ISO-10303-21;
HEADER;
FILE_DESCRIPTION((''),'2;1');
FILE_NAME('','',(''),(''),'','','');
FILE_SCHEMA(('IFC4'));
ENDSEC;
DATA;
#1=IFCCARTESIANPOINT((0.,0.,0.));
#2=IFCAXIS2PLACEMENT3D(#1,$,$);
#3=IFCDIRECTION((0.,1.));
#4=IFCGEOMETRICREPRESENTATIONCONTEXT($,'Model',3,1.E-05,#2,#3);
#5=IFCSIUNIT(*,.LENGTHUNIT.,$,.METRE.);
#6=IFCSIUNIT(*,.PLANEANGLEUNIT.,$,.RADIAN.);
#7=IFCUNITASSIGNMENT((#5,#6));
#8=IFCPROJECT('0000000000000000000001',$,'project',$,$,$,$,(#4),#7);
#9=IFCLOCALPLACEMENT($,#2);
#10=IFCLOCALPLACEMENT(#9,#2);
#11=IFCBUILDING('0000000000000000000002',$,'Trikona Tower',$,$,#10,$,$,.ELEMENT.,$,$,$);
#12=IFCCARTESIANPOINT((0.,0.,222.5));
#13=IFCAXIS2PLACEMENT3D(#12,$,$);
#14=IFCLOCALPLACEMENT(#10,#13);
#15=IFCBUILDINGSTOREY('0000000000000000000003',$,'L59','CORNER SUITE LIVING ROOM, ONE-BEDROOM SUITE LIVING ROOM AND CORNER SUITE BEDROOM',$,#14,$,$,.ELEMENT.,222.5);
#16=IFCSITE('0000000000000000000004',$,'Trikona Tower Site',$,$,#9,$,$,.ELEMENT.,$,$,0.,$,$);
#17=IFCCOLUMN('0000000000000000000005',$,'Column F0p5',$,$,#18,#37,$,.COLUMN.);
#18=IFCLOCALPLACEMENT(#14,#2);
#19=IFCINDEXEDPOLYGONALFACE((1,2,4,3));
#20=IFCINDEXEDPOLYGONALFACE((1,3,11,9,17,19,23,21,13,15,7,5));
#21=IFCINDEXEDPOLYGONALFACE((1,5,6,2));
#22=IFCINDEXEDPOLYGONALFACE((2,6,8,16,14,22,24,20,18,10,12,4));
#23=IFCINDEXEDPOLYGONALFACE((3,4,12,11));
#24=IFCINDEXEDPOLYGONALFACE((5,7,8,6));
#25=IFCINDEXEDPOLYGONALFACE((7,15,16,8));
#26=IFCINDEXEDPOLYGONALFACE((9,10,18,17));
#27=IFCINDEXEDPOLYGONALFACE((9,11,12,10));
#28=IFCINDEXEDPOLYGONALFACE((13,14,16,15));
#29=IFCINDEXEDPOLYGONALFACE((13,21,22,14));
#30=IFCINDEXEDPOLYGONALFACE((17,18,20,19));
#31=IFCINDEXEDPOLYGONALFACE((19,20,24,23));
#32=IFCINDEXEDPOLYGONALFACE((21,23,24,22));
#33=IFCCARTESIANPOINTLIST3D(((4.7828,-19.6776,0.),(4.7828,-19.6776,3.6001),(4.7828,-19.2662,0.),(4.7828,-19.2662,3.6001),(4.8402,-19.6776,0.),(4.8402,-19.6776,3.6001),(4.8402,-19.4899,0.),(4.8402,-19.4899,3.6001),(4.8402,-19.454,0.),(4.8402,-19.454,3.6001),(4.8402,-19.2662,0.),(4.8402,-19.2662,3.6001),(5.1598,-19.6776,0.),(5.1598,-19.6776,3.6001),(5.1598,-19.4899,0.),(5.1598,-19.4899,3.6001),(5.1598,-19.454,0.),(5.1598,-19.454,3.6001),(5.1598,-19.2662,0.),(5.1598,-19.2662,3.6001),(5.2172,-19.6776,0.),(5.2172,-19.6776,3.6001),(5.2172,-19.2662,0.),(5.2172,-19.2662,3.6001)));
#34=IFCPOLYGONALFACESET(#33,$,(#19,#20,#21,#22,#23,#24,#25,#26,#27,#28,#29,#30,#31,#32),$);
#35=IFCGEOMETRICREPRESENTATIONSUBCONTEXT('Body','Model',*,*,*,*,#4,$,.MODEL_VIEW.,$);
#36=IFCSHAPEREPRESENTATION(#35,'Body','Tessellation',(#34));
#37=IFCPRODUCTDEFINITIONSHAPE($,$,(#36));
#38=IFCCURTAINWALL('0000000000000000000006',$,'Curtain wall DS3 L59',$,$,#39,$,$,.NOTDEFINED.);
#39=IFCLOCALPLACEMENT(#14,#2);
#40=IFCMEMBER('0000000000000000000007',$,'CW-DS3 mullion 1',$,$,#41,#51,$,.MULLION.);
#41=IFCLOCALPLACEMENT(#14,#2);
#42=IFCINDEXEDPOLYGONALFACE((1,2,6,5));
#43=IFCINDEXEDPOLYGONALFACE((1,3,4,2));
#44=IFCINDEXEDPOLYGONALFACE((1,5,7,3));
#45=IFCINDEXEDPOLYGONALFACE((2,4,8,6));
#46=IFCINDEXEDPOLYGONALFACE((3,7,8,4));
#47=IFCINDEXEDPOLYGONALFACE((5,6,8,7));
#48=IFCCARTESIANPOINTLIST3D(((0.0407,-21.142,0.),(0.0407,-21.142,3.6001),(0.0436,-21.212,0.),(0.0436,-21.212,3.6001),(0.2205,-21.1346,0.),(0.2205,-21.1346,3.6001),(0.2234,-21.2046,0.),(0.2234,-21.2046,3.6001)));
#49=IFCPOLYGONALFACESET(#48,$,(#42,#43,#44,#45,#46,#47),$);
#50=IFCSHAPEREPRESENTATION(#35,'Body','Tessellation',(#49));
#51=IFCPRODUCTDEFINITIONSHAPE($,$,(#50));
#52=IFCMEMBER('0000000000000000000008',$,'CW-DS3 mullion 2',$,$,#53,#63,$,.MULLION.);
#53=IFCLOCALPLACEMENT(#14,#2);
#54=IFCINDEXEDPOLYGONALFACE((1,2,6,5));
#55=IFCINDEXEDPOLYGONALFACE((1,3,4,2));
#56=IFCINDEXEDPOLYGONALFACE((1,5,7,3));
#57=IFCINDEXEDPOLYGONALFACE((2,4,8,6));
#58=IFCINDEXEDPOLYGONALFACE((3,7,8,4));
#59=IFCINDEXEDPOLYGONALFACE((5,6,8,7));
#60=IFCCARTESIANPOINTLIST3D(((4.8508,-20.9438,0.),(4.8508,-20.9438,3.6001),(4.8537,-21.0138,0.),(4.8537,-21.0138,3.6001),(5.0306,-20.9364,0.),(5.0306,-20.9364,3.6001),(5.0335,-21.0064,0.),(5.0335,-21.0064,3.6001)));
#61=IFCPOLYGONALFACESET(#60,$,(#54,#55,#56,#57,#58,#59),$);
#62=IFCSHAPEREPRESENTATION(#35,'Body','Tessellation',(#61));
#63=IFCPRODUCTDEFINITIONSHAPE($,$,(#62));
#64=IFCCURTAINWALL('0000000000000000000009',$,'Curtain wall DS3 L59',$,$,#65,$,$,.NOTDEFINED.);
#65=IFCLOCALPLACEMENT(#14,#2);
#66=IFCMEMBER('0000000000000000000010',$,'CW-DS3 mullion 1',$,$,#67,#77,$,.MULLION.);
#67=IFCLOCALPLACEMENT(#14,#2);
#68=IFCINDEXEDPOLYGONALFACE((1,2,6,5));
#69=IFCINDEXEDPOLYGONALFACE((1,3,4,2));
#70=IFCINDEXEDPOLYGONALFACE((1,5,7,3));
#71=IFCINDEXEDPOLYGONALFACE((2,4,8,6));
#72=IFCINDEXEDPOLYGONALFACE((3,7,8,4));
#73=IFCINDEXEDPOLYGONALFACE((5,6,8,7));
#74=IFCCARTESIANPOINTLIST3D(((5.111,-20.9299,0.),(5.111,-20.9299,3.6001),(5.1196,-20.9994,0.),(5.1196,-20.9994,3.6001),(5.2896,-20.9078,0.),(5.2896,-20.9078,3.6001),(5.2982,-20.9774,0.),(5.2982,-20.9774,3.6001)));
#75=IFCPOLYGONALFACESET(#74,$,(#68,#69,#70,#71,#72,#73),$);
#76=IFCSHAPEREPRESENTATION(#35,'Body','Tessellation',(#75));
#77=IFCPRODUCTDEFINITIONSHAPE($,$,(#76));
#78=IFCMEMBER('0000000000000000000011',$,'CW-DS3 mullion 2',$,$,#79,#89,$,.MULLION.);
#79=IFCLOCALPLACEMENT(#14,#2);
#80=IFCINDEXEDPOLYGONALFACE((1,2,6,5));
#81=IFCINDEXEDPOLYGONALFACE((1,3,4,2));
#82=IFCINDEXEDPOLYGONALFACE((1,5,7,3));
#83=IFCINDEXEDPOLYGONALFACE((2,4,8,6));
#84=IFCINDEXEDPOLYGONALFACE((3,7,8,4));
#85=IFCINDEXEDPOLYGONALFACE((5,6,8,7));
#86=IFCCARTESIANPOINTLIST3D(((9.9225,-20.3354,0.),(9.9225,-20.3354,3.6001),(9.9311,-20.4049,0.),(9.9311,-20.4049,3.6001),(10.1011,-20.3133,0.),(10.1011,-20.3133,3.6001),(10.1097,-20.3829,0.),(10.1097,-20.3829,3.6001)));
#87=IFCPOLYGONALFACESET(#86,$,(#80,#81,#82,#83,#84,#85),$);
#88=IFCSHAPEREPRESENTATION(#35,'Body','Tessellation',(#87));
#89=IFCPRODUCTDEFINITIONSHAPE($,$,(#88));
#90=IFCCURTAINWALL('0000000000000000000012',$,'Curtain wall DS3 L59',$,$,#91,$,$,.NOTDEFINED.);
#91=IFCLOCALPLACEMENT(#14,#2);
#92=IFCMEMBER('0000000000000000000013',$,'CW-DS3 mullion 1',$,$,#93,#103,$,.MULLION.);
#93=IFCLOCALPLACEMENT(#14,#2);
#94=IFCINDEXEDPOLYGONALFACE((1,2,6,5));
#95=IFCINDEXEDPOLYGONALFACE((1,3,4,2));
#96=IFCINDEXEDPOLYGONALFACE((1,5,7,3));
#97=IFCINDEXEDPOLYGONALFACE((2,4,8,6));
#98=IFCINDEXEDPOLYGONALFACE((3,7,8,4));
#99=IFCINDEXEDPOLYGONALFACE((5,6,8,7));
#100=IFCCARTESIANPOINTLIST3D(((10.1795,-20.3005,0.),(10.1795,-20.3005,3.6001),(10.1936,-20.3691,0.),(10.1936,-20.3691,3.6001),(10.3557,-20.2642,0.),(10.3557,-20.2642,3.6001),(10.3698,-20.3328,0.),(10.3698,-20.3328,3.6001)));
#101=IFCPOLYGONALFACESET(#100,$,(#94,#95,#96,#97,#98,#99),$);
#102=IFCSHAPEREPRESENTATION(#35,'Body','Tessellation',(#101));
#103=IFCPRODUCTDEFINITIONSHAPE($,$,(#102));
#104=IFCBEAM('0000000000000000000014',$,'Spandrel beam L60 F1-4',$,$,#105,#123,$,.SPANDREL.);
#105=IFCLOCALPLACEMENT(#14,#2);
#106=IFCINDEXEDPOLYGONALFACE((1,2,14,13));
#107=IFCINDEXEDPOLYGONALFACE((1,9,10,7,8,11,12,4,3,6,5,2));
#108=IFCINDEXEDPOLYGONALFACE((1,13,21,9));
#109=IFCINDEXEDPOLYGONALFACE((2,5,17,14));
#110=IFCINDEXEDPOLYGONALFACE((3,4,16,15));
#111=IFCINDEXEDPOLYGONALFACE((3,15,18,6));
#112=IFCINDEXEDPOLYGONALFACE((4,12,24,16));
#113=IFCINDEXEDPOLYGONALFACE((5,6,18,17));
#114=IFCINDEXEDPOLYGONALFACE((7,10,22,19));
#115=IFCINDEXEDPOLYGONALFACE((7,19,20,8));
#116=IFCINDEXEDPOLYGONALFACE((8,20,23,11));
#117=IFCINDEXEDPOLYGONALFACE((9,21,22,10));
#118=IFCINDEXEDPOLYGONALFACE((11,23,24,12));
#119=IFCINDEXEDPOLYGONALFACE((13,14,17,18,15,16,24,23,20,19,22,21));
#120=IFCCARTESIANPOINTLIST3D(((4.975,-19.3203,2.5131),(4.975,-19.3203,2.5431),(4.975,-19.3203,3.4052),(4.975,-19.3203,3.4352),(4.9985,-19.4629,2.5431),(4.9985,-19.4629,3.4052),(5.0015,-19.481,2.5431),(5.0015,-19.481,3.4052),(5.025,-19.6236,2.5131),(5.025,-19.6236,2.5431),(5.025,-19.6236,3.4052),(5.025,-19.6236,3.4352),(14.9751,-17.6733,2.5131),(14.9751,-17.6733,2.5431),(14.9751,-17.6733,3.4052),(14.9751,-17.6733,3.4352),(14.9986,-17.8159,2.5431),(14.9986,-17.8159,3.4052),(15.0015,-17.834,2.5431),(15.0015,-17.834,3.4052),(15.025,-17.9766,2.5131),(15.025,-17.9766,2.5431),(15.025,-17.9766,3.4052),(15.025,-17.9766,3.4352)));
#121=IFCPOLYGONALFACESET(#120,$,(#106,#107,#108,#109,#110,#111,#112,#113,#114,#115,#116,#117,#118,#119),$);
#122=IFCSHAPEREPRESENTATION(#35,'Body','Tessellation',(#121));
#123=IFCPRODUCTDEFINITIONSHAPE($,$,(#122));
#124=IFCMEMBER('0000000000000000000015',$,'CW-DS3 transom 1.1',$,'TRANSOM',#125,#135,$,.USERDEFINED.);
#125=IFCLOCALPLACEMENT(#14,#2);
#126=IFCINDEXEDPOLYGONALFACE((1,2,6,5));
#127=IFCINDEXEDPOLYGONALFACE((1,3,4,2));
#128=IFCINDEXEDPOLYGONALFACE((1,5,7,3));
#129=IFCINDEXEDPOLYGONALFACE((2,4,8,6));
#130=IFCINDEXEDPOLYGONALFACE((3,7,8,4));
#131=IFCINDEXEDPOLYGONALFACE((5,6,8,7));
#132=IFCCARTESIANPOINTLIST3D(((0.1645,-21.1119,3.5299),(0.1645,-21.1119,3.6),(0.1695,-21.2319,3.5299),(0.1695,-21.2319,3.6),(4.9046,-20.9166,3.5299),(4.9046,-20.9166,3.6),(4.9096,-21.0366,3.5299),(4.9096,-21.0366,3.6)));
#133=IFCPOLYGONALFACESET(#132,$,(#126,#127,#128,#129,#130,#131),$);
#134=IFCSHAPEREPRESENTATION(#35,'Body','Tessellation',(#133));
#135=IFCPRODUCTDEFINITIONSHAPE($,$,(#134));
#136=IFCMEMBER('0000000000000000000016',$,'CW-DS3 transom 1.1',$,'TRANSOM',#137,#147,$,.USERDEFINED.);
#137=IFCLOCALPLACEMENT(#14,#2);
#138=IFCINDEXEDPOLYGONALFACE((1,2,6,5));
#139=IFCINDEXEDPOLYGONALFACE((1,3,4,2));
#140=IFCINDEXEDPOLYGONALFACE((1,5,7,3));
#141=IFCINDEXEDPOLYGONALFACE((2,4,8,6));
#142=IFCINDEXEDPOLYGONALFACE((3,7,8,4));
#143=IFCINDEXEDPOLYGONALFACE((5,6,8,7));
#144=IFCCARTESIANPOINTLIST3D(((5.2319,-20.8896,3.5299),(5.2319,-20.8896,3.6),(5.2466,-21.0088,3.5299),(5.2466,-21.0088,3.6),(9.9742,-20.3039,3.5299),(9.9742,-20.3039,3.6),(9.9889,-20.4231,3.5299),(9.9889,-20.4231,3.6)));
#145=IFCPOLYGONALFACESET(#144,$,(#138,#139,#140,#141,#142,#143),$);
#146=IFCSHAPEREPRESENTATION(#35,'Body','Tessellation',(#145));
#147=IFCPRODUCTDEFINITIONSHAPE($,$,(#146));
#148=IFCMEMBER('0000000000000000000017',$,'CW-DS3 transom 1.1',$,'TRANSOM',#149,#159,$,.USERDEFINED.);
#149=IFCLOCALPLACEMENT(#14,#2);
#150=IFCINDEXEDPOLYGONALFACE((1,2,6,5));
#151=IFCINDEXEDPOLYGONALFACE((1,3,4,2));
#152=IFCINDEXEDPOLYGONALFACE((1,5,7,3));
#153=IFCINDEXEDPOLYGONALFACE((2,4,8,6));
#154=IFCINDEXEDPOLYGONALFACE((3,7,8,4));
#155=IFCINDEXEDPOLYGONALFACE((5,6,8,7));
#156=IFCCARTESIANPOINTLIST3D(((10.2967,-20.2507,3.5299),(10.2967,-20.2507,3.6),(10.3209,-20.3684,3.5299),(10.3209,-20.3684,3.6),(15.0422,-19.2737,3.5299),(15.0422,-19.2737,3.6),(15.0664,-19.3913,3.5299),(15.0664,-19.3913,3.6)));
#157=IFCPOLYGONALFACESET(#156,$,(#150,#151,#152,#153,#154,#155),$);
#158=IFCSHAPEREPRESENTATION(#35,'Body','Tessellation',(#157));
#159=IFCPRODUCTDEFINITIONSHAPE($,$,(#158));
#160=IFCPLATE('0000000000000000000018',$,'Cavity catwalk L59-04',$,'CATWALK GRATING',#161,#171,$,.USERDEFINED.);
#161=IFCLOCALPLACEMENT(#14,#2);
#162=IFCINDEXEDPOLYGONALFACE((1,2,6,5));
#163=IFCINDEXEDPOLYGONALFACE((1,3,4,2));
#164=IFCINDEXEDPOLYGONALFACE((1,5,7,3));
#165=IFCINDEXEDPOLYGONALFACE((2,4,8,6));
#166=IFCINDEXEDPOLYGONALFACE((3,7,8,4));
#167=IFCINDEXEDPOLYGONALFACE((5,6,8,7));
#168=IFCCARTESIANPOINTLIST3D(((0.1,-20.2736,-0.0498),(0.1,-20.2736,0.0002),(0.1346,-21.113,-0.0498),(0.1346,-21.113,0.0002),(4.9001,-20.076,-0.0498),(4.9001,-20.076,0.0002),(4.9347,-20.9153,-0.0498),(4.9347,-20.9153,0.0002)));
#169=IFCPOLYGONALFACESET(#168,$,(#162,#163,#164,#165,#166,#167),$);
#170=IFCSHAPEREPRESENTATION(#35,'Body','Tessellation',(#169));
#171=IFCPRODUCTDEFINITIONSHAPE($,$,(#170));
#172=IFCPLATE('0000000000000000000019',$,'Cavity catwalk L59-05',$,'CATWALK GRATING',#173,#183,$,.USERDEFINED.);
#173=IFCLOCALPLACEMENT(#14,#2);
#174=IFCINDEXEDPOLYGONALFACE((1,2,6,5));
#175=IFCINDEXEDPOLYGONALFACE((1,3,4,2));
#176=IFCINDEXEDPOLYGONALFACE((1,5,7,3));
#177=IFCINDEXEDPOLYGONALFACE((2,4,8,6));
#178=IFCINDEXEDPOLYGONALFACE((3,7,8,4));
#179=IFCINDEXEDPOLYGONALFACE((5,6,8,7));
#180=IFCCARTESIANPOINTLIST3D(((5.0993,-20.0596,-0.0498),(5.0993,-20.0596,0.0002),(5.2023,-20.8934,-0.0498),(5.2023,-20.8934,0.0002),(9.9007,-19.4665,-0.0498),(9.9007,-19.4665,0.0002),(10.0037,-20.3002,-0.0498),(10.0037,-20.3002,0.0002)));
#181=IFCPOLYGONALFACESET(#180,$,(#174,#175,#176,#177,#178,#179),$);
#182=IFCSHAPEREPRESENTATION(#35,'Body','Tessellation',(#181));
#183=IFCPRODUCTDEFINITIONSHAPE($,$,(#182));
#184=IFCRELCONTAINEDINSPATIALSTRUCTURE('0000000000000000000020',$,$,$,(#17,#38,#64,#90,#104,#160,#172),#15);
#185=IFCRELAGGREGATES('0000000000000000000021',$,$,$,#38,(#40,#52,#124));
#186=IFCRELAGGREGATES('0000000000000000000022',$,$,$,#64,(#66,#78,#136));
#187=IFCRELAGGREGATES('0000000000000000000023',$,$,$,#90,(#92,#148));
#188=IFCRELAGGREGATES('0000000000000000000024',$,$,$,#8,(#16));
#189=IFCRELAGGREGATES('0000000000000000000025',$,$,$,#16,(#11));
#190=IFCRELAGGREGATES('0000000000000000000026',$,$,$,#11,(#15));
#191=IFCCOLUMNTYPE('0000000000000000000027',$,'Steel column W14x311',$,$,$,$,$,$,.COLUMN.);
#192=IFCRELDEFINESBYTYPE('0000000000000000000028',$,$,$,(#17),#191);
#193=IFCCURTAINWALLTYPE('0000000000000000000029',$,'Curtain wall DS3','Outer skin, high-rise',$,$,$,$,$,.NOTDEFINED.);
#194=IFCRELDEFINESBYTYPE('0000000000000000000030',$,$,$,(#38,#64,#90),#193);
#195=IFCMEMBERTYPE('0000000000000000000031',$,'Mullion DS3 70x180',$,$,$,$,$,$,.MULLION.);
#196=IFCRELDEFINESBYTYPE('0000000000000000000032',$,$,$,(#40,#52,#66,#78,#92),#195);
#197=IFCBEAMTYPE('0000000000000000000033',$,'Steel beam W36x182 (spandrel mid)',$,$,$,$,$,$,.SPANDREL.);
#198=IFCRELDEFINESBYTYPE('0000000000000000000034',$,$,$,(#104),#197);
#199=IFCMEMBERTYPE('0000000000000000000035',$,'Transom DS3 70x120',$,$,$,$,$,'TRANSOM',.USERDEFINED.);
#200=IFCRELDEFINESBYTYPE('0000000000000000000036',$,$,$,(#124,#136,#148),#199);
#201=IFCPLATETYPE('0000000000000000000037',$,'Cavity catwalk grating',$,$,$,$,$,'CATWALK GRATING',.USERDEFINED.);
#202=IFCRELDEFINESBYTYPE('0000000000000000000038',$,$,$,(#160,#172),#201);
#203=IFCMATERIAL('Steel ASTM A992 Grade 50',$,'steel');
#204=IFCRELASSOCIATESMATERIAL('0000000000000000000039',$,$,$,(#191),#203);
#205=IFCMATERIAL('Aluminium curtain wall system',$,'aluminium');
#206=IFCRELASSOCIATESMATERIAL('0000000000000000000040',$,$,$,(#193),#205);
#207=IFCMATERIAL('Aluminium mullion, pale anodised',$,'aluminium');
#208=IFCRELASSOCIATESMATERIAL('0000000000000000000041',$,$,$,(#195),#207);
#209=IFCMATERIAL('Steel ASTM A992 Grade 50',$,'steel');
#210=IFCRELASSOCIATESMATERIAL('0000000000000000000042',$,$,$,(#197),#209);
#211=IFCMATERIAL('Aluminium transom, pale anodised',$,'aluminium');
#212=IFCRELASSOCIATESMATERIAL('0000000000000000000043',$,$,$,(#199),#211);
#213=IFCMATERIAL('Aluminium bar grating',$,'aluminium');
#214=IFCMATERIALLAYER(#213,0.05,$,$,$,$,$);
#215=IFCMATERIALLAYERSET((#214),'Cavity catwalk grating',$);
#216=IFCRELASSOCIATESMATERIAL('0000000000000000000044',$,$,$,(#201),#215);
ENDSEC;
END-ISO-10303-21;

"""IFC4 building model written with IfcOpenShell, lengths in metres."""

from ifc_helpers import new_model, si_unit, direction, frame, origin, origin_2d, place, context, subcontext, project, spatial, rectangle, i_section, extrude, material, layer, layer_set, material_profile, profile_set, type_object, element, aggregate, save


model = new_model("IFC4")

# Units and contexts
model_context = context("Model", 3, precision=1e-05, world=origin(), true_north=direction((0.0, 1.0)))
body_context = subcontext(model_context, "Body", "Model", "MODEL_VIEW")
ifc_project = project(units=[si_unit("LENGTHUNIT", "METRE"), si_unit("PLANEANGLEUNIT", "RADIAN")], contexts=[model_context])

# Site, building, storey
site_placement = place(None, origin())
site = spatial("IfcSite", under=ifc_project, at=site_placement, Name="Trikona Tower Site", CompositionType="ELEMENT", RefElevation=0.0)
building_placement = place(site_placement, origin())
building = spatial("IfcBuilding", under=site, at=building_placement, Name="Trikona Tower", CompositionType="ELEMENT")
storey_placement = place(building_placement, frame((0.0, 0.0, 222.5)))
storey = spatial("IfcBuildingStorey", under=building, at=storey_placement, Name="L59", Description="CORNER SUITE LIVING ROOM, ONE-BEDROOM SUITE LIVING ROOM AND CORNER SUITE BEDROOM", CompositionType="ELEMENT", Elevation=222.5)

# Column
ifc_material_1 = material(Name="Steel ASTM A992 Grade 50", Category="steel")
ifc_material_profile_1 = material_profile(ifc_material_1, i_section(OverallWidth=0.4114, OverallDepth=0.4343, WebThickness=0.0359, FlangeThickness=0.0574, at=origin_2d()), Name="W14X311")
ifc_profile_set_1 = profile_set([ifc_material_profile_1], Name="Steel ASTM A992 Grade 50")
column_type = type_object("IfcColumnType", Name="Steel column W14x311", PredefinedType="COLUMN", material=ifc_profile_set_1)
column_placement = place(storey_placement, frame((5.0, -19.4719, 0.0), z_axis=(0.0, 0.0, 1.0), x_axis=(0.0, -1.0, 0.0)))
element("IfcColumn", 1, at=column_placement, inside=storey, type_object=column_type, Name="Column F0p5", PredefinedType="COLUMN", context=body_context, shape_type="SweptSolid", body=[
    extrude(i_section(OverallWidth=0.4114, OverallDepth=0.4343, WebThickness=0.0359, FlangeThickness=0.0574, at=origin_2d()), origin(), (0.0, 0.0, 1.0), 3.6001),
])

# Curtain walls, members
ifc_material_2 = material(Name="Aluminium curtain wall system", Category="aluminium")
curtain_wall_type = type_object("IfcCurtainWallType", Name="Curtain wall DS3", Description="Outer skin, high-rise", PredefinedType="NOTDEFINED", material=ifc_material_2)
curtain_wall_1_placement = place(storey_placement, origin())
curtain_wall_1 = element("IfcCurtainWall", 2, at=curtain_wall_1_placement, inside=storey, type_object=curtain_wall_type, Name="Curtain wall DS3 L59", PredefinedType="NOTDEFINED")
ifc_material_3 = material(Name="Aluminium mullion, pale anodised", Category="aluminium")
ifc_material_profile_2 = material_profile(ifc_material_3, rectangle(XDim=0.0701, YDim=0.1799, at=origin_2d()), Name="MUL-DS3")
ifc_profile_set_2 = profile_set([ifc_material_profile_2], Name="Aluminium mullion, pale anodised")
member_type_1 = type_object("IfcMemberType", Name="Mullion DS3 70x180", PredefinedType="MULLION", material=ifc_profile_set_2)
member_1_placement = place(storey_placement, frame((0.1321, -21.1733, 0.0), z_axis=(0.0, 0.0, 1.0), x_axis=(-0.041153, 0.999153, 0.0)))
member_1 = element("IfcMember", 3, at=member_1_placement, type_object=member_type_1, Name="CW-DS3 mullion 1", PredefinedType="MULLION", context=body_context, shape_type="SweptSolid", body=[
    extrude(rectangle(XDim=0.0701, YDim=0.1799, at=origin_2d()), origin(), (0.0, 0.0, 1.0), 3.6001),
])
member_2_placement = place(storey_placement, frame((4.9421, -20.9751, 0.0), z_axis=(0.0, 0.0, 1.0), x_axis=(-0.041153, 0.999153, 0.0)))
member_2 = element("IfcMember", 4, at=member_2_placement, type_object=member_type_1, Name="CW-DS3 mullion 2", PredefinedType="MULLION", context=body_context, shape_type="SweptSolid", body=[
    extrude(rectangle(XDim=0.0701, YDim=0.1799, at=origin_2d()), origin(), (0.0, 0.0, 1.0), 3.6001),
])
curtain_wall_2_placement = place(storey_placement, origin())
curtain_wall_2 = element("IfcCurtainWall", 5, at=curtain_wall_2_placement, inside=storey, type_object=curtain_wall_type, Name="Curtain wall DS3 L59", PredefinedType="NOTDEFINED")
member_3_placement = place(storey_placement, frame((5.2046, -20.9536, 0.0), z_axis=(0.0, 0.0, 1.0), x_axis=(-0.122611, 0.992455, 0.0)))
member_3 = element("IfcMember", 6, at=member_3_placement, type_object=member_type_1, Name="CW-DS3 mullion 1", PredefinedType="MULLION", context=body_context, shape_type="SweptSolid", body=[
    extrude(rectangle(XDim=0.0701, YDim=0.1799, at=origin_2d()), origin(), (0.0, 0.0, 1.0), 3.6001),
])
member_4_placement = place(storey_placement, frame((10.0161, -20.3591, 0.0), z_axis=(0.0, 0.0, 1.0), x_axis=(-0.122611, 0.992455, 0.0)))
member_4 = element("IfcMember", 7, at=member_4_placement, type_object=member_type_1, Name="CW-DS3 mullion 2", PredefinedType="MULLION", context=body_context, shape_type="SweptSolid", body=[
    extrude(rectangle(XDim=0.0701, YDim=0.1799, at=origin_2d()), origin(), (0.0, 0.0, 1.0), 3.6001),
])

# Curtain wall, member
curtain_wall_3_placement = place(storey_placement, origin())
curtain_wall_3 = element("IfcCurtainWall", 8, at=curtain_wall_3_placement, inside=storey, type_object=curtain_wall_type, Name="Curtain wall DS3 L59", PredefinedType="NOTDEFINED")
member_5_placement = place(storey_placement, frame((10.2747, -20.3167, 0.0), z_axis=(0.0, 0.0, 1.0), x_axis=(-0.201653, 0.979457, 0.0)))
member_5 = element("IfcMember", 9, at=member_5_placement, type_object=member_type_1, Name="CW-DS3 mullion 1", PredefinedType="MULLION", context=body_context, shape_type="SweptSolid", body=[
    extrude(rectangle(XDim=0.0701, YDim=0.1799, at=origin_2d()), origin(), (0.0, 0.0, 1.0), 3.6001),
])

# Beam
ifc_material_4 = material(Name="Steel ASTM A992 Grade 50", Category="steel")
ifc_material_profile_3 = material_profile(ifc_material_4, i_section(OverallWidth=0.3074, OverallDepth=0.9221, WebThickness=0.0183, FlangeThickness=0.03, at=origin_2d()), Name="W36X182")
ifc_profile_set_3 = profile_set([ifc_material_profile_3], Name="Steel ASTM A992 Grade 50")
beam_type = type_object("IfcBeamType", Name="Steel beam W36x182 (spandrel mid)", PredefinedType="SPANDREL", material=ifc_profile_set_3)
beam_placement = place(storey_placement, frame((5.0, -19.4719, 2.9741), z_axis=(0.986707, 0.162508, 0.0), x_axis=(-0.162508, 0.986707, 0.0)))
element("IfcBeam", 10, at=beam_placement, inside=storey, type_object=beam_type, Name="Spandrel beam L60 F1-4", PredefinedType="SPANDREL", context=body_context, shape_type="SweptSolid", body=[
    extrude(i_section(OverallWidth=0.3074, OverallDepth=0.9221, WebThickness=0.0183, FlangeThickness=0.03, at=origin_2d()), origin(), (0.0, 0.0, 1.0), 10.1348),
])

# Members
ifc_material_5 = material(Name="Aluminium transom, pale anodised", Category="aluminium")
ifc_material_profile_4 = material_profile(ifc_material_5, rectangle(XDim=0.1201, YDim=0.0701, at=origin_2d()), Name="TRN-DS3")
ifc_profile_set_4 = profile_set([ifc_material_profile_4], Name="Aluminium transom, pale anodised")
member_type_2 = type_object("IfcMemberType", Name="Transom DS3 70x120", ElementType="TRANSOM", PredefinedType="USERDEFINED", material=ifc_profile_set_4)
member_6_placement = place(storey_placement, frame((0.167, -21.1719, 3.5649), z_axis=(0.999152, 0.041168, 0.0), x_axis=(-0.041168, 0.999152, 0.0)))
member_6 = element("IfcMember", 11, at=member_6_placement, type_object=member_type_2, Name="CW-DS3 transom 1.1", ObjectType="TRANSOM", PredefinedType="USERDEFINED", context=body_context, shape_type="SweptSolid", body=[
    extrude(rectangle(XDim=0.1201, YDim=0.0701, at=origin_2d()), origin(), (0.0, 0.0, 1.0), 4.7441),
])
member_7_placement = place(storey_placement, frame((5.2393, -20.9492, 3.5649), z_axis=(0.992459, 0.122576, 0.0), x_axis=(-0.122576, 0.992459, 0.0)))
member_7 = element("IfcMember", 12, at=member_7_placement, type_object=member_type_2, Name="CW-DS3 transom 1.1", ObjectType="TRANSOM", PredefinedType="USERDEFINED", context=body_context, shape_type="SweptSolid", body=[
    extrude(rectangle(XDim=0.1201, YDim=0.0701, at=origin_2d()), origin(), (0.0, 0.0, 1.0), 4.7783),
])
member_8_placement = place(storey_placement, frame((10.3088, -20.3096, 3.5649), z_axis=(0.979454, 0.201666, 0.0), x_axis=(-0.201666, 0.979454, 0.0)))
member_8 = element("IfcMember", 13, at=member_8_placement, type_object=member_type_2, Name="CW-DS3 transom 1.1", ObjectType="TRANSOM", PredefinedType="USERDEFINED", context=body_context, shape_type="SweptSolid", body=[
    extrude(rectangle(XDim=0.1201, YDim=0.0701, at=origin_2d()), origin(), (0.0, 0.0, 1.0), 4.845),
])

# Plates
ifc_material_6 = material(Name="Aluminium bar grating", Category="aluminium")
ifc_layer_1 = layer(ifc_material_6, 0.05)
ifc_layer_set_1 = layer_set([ifc_layer_1], Name="Cavity catwalk grating")
plate_type_1 = type_object("IfcPlateType", Name="Cavity catwalk grating", ElementType="CATWALK GRATING", PredefinedType="USERDEFINED", material=ifc_layer_set_1)
plate_1_placement = place(storey_placement, frame((2.5173, -20.5945, -0.0498), z_axis=(0.0, 0.0, 1.0), x_axis=(0.999153, 0.041145, 0.0)))
element("IfcPlate", 14, at=plate_1_placement, inside=storey, type_object=plate_type_1, Name="Cavity catwalk L59-04", ObjectType="CATWALK GRATING", PredefinedType="USERDEFINED", context=body_context, shape_type="SweptSolid", body=[
    extrude(rectangle(XDim=4.8042, YDim=0.8401, at=origin_2d()), origin(), (0.0, 0.0, 1.0), 0.05),
])
plate_2_placement = place(storey_placement, frame((7.5515, -20.1799, -0.0498), z_axis=(0.0, 0.0, 1.0), x_axis=(0.992455, 0.122607, 0.0)))
element("IfcPlate", 15, at=plate_2_placement, inside=storey, type_object=plate_type_1, Name="Cavity catwalk L59-05", ObjectType="CATWALK GRATING", PredefinedType="USERDEFINED", context=body_context, shape_type="SweptSolid", body=[
    extrude(rectangle(XDim=4.8379, YDim=0.8401, at=origin_2d()), origin(), (0.0, 0.0, 1.0), 0.05),
])

aggregate(curtain_wall_1, [member_1, member_2, member_6])
aggregate(curtain_wall_2, [member_3, member_4, member_7])
aggregate(curtain_wall_3, [member_5, member_8])

save(model, "model.ifc")
